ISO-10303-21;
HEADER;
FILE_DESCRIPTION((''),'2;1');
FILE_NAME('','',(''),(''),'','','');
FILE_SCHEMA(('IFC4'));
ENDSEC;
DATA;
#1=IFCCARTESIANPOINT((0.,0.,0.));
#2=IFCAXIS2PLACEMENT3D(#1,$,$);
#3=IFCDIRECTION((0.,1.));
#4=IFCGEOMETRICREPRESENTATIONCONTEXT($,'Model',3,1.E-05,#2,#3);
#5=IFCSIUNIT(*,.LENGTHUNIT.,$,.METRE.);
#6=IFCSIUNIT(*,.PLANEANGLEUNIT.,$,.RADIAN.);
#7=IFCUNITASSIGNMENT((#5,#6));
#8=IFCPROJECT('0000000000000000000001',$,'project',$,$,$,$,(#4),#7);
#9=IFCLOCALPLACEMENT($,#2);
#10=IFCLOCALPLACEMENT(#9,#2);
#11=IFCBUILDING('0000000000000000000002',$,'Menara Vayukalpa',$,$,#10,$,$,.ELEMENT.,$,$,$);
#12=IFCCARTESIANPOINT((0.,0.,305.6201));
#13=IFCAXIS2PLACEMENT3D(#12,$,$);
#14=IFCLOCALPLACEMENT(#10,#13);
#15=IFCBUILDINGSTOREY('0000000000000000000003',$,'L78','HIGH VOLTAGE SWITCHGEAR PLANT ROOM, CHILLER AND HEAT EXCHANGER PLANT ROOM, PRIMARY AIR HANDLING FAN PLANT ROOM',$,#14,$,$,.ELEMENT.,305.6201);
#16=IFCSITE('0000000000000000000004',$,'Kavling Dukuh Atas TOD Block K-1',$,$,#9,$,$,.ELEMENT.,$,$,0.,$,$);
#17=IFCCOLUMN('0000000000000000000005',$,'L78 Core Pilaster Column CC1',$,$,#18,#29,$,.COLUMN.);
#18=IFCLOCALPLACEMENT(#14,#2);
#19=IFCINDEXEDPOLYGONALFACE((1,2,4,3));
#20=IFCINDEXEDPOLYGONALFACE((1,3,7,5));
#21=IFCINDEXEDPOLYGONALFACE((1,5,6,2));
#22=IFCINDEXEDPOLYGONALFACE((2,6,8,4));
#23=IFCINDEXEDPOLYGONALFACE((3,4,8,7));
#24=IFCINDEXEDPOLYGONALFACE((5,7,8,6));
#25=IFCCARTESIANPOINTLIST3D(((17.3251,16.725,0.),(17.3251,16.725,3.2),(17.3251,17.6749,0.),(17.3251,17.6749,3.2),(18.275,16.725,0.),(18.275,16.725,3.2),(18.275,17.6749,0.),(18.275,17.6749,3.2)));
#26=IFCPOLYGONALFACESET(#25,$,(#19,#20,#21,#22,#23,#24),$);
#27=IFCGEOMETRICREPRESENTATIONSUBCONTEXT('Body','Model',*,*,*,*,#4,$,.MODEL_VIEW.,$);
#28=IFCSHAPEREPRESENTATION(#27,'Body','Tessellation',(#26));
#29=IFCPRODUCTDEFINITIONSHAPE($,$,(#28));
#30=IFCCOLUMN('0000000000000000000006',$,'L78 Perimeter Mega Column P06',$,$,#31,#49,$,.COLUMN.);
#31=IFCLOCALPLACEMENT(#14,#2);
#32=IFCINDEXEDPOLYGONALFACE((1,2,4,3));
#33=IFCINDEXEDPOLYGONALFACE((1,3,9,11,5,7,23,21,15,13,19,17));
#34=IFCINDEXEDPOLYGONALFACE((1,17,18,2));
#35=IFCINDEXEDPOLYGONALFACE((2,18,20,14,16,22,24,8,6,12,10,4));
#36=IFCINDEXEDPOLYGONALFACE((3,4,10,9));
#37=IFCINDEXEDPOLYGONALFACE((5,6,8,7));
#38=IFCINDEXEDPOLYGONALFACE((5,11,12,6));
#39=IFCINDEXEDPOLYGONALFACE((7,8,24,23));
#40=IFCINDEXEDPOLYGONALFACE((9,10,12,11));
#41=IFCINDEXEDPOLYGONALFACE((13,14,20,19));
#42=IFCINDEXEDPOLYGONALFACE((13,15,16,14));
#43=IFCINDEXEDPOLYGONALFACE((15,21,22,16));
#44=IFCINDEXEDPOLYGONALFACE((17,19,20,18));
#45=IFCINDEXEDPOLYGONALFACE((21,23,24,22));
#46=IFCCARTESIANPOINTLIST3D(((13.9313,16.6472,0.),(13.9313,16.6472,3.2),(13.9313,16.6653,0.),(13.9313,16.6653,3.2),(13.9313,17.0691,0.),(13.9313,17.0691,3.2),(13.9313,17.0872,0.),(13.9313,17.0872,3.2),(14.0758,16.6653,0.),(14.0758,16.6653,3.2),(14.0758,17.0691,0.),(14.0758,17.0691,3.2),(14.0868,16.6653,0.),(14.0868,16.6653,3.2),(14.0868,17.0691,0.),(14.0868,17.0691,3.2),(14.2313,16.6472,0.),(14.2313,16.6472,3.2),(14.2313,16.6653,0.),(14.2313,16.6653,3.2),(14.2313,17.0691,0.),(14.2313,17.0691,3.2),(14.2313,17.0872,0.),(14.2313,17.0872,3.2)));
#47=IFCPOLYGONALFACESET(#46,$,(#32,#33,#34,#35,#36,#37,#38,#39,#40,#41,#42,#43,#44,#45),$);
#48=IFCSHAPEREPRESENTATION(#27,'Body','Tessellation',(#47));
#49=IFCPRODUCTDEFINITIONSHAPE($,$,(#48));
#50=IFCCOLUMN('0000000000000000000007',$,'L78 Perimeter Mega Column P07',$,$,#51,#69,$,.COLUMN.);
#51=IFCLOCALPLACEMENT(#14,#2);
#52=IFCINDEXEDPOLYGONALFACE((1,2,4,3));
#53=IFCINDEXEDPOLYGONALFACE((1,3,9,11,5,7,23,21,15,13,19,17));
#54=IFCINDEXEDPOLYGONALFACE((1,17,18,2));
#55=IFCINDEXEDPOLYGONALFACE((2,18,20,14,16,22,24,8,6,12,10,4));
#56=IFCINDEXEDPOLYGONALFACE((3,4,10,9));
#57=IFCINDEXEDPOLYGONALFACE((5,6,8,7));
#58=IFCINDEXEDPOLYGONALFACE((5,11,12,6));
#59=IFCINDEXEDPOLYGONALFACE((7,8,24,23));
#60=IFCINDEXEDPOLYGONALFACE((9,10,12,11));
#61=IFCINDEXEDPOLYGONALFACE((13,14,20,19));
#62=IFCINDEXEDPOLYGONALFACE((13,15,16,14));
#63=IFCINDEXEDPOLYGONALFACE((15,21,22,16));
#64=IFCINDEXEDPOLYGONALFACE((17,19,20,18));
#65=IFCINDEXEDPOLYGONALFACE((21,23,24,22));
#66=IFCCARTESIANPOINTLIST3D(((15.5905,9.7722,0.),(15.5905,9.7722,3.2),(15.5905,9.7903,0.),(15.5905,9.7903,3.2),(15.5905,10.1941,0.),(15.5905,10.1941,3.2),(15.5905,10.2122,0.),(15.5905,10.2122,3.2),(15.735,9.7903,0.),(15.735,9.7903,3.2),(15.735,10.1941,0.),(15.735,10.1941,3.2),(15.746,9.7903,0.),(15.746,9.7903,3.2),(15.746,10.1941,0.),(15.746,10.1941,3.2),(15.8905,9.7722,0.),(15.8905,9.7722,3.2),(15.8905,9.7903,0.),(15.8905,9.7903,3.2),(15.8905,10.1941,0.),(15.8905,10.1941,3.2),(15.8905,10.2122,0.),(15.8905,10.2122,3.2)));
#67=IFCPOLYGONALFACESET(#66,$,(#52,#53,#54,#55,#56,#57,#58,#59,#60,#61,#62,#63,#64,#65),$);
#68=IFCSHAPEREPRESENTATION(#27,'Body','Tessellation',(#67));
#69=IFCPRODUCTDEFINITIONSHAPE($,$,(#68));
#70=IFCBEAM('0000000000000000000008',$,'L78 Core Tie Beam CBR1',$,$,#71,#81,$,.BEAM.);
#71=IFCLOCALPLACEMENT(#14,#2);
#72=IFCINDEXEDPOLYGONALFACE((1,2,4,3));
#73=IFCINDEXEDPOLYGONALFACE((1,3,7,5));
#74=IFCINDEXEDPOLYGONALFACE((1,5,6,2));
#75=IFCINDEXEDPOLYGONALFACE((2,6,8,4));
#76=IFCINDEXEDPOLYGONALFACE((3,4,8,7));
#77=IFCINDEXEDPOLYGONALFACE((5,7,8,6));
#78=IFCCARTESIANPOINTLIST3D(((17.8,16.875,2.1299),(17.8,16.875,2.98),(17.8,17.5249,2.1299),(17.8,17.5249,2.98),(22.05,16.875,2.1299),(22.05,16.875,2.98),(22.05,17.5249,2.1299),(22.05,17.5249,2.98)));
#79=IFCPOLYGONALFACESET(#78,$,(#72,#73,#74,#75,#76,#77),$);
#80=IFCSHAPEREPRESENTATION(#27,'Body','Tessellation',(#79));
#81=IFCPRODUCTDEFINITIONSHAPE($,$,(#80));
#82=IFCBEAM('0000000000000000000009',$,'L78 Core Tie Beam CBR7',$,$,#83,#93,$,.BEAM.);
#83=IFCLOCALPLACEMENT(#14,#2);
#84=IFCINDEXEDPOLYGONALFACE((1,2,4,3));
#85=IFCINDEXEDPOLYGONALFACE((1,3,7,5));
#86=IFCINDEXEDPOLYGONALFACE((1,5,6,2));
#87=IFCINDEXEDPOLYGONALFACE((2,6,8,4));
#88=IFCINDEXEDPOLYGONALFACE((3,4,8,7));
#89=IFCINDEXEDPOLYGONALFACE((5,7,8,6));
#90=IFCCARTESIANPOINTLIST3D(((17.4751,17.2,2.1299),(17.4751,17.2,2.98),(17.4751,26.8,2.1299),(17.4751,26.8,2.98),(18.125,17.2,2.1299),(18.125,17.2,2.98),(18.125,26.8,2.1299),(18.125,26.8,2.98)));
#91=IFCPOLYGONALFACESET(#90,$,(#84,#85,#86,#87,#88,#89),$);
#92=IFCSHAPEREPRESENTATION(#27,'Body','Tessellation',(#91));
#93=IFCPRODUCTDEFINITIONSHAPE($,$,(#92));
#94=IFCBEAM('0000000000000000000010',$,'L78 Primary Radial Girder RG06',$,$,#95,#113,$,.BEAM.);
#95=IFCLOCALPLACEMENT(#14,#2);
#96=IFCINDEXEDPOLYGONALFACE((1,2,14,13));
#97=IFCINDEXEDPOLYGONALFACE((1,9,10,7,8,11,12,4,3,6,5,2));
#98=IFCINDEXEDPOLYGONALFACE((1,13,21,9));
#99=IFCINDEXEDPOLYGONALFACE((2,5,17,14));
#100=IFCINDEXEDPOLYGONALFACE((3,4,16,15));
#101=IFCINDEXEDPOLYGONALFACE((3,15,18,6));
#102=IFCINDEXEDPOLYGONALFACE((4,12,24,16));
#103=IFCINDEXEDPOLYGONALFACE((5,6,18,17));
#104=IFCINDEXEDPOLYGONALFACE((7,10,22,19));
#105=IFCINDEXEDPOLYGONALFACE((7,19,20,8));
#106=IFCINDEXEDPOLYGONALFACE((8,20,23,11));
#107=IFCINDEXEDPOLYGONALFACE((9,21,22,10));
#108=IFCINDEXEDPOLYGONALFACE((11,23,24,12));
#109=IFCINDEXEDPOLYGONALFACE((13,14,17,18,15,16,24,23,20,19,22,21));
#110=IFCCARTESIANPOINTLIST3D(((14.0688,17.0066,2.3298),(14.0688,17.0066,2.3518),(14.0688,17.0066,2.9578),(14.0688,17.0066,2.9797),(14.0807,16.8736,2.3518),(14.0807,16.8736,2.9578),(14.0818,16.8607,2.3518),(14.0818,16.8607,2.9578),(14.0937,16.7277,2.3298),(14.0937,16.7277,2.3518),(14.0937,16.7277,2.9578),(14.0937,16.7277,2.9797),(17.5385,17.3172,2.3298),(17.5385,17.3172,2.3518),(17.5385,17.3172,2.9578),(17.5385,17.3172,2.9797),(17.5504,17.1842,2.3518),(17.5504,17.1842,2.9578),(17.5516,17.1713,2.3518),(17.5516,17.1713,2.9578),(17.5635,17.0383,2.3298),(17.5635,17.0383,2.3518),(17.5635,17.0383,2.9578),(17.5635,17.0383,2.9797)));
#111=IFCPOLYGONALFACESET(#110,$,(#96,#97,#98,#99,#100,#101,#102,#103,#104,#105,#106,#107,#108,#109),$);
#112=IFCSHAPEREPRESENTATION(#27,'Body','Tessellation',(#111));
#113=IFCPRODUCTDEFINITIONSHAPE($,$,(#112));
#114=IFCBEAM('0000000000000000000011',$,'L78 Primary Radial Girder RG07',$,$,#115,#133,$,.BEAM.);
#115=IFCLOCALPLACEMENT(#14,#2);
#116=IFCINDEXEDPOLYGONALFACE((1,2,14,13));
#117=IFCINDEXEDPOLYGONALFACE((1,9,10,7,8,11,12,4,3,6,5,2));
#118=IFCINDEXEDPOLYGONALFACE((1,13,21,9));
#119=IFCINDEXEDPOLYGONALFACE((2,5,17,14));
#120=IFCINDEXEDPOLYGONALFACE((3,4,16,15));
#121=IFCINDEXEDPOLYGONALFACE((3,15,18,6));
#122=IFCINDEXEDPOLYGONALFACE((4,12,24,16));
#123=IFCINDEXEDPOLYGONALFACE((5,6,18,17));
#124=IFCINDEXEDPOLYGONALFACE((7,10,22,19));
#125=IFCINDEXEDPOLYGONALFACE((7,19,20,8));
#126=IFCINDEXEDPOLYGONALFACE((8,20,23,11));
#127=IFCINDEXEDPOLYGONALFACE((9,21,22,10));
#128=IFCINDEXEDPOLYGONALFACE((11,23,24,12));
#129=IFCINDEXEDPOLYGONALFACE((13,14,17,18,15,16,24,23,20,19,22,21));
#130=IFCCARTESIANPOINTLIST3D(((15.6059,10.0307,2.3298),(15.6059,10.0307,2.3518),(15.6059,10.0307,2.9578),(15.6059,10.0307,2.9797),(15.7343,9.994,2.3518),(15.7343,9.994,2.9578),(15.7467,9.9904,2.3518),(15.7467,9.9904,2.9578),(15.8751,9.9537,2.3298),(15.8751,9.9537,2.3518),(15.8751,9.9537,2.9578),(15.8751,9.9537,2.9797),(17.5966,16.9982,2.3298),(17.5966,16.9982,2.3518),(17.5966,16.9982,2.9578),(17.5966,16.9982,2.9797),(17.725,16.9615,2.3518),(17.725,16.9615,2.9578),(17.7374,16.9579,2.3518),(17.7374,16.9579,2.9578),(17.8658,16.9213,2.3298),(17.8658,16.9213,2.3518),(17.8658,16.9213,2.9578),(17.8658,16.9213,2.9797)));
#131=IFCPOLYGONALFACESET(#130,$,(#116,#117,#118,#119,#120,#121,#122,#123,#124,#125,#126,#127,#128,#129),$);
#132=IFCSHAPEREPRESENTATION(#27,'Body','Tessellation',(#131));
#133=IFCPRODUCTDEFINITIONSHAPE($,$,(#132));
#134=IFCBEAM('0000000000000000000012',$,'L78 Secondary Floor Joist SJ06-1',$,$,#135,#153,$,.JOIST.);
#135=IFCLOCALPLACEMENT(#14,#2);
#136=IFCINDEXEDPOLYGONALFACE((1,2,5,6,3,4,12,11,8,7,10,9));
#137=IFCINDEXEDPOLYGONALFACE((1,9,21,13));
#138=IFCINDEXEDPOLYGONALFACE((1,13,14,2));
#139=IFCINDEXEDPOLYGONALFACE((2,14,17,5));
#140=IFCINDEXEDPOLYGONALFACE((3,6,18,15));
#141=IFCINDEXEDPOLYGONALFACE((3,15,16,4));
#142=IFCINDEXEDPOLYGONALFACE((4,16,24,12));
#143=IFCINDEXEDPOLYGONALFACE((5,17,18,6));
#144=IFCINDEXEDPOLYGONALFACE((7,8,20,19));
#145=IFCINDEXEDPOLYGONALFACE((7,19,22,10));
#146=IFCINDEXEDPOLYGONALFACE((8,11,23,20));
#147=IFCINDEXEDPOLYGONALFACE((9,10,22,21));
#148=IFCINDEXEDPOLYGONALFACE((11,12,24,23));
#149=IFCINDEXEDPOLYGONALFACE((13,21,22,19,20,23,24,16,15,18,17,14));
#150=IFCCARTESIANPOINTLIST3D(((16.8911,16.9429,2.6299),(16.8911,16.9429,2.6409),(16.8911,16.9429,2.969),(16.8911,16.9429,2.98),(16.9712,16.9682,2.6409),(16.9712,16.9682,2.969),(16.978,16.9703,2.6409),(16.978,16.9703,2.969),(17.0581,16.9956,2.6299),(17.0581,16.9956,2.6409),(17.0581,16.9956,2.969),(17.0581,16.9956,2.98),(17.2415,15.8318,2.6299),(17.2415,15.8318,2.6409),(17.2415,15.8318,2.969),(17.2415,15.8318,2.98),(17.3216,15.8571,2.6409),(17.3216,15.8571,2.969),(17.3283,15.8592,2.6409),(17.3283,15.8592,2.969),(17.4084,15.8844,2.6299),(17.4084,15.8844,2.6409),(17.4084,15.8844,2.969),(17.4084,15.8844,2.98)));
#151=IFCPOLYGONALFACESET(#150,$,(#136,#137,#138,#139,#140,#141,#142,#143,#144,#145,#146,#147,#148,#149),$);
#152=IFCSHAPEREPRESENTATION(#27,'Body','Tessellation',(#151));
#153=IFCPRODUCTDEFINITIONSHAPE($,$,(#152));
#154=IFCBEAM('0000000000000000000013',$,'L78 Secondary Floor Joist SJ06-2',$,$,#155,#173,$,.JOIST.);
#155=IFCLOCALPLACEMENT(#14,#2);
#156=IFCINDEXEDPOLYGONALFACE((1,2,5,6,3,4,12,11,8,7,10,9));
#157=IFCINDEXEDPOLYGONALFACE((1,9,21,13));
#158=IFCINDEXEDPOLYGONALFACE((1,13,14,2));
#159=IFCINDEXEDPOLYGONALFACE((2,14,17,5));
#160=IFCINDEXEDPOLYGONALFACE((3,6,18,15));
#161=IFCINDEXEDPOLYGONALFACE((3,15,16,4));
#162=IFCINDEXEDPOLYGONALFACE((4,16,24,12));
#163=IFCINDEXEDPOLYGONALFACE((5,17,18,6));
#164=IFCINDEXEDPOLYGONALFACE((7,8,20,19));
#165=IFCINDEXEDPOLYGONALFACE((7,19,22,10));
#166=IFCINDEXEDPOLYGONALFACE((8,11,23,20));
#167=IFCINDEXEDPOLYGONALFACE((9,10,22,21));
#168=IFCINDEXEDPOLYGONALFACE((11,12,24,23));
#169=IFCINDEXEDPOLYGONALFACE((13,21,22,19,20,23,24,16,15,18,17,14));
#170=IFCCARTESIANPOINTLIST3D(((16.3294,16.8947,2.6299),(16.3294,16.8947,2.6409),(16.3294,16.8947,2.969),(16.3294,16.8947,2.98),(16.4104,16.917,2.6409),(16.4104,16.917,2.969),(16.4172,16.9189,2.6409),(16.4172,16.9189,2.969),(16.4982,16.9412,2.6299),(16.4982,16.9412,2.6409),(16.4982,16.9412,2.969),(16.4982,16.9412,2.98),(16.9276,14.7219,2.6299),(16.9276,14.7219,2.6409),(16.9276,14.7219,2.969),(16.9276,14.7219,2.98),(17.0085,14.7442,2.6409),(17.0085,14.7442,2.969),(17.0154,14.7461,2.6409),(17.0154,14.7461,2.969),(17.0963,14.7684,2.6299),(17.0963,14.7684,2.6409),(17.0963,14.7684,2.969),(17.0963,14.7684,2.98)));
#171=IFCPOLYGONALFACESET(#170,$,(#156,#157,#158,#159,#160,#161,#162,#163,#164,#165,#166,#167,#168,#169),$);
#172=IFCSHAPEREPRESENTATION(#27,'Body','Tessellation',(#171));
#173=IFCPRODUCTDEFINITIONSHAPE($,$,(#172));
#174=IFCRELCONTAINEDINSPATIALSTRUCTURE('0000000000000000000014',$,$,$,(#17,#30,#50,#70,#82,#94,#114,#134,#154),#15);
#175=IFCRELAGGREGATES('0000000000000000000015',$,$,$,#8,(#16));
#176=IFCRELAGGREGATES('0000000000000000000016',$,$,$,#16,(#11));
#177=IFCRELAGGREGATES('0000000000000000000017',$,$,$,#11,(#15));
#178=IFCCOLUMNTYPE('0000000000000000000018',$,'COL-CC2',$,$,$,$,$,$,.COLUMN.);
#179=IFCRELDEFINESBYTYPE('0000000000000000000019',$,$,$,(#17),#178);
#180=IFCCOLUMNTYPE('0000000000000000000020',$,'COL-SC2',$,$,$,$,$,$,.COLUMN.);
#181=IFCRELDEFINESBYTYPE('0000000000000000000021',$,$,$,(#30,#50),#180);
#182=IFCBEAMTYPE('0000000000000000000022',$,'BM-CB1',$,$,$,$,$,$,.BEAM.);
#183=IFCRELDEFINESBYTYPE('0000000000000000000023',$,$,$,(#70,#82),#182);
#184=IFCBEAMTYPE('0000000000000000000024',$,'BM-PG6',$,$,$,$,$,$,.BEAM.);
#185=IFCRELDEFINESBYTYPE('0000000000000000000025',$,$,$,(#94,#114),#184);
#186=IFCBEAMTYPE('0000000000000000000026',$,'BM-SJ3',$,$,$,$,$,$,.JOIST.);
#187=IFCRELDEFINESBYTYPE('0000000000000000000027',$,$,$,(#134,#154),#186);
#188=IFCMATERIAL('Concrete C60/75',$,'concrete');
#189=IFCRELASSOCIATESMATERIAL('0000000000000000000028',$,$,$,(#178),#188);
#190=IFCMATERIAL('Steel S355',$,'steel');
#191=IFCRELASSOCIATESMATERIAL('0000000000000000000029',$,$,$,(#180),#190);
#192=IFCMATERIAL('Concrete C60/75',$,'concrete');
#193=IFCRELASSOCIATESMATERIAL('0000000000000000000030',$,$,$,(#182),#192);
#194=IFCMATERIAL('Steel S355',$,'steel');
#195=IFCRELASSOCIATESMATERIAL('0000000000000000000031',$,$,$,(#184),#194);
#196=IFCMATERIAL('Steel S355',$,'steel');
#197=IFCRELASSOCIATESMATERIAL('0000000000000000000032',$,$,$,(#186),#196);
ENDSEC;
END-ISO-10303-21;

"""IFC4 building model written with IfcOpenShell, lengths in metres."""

from ifc_helpers import new_model, si_unit, direction, frame, origin, origin_2d, place, context, subcontext, project, spatial, rectangle, i_section, extrude, material, material_profile, profile_set, type_object, element, save


model = new_model("IFC4")

# Units and contexts
model_context = context("Model", 3, precision=1e-05, world=origin(), true_north=direction((0.0, 1.0)))
body_context = subcontext(model_context, "Body", "Model", "MODEL_VIEW")
ifc_project = project(units=[si_unit("LENGTHUNIT", "METRE"), si_unit("PLANEANGLEUNIT", "RADIAN")], contexts=[model_context])

# Site, building, storey
site_placement = place(None, origin())
site = spatial("IfcSite", under=ifc_project, at=site_placement, Name="Kavling Dukuh Atas TOD Block K-1", CompositionType="ELEMENT", RefElevation=0.0)
building_placement = place(site_placement, origin())
building = spatial("IfcBuilding", under=site, at=building_placement, Name="Menara Vayukalpa", CompositionType="ELEMENT")
storey_placement = place(building_placement, frame((0.0, 0.0, 305.6201)))
storey = spatial("IfcBuildingStorey", under=building, at=storey_placement, Name="L78", Description="HIGH VOLTAGE SWITCHGEAR PLANT ROOM, CHILLER AND HEAT EXCHANGER PLANT ROOM, PRIMARY AIR HANDLING FAN PLANT ROOM", CompositionType="ELEMENT", Elevation=305.6201)

# Columns
ifc_material_1 = material(Name="Concrete C60/75", Category="concrete")
ifc_material_profile_1 = material_profile(ifc_material_1, rectangle(XDim=0.95, YDim=0.95, at=origin_2d()), Name="RC 950x950")
ifc_profile_set_1 = profile_set([ifc_material_profile_1], Name="Concrete C60/75")
column_type_1 = type_object("IfcColumnType", Name="COL-CC2", PredefinedType="COLUMN", material=ifc_profile_set_1)
column_placement = place(storey_placement, frame((17.8, 17.2, 0.0), z_axis=(0.0, 0.0, 1.0), x_axis=(1.0, 0.0, 0.0)))
element("IfcColumn", 1, at=column_placement, inside=storey, type_object=column_type_1, Name="L78 Core Pilaster Column CC1", PredefinedType="COLUMN", context=body_context, shape_type="SweptSolid", body=[
    extrude(rectangle(XDim=0.95, YDim=0.95, at=origin_2d()), origin(), (0.0, 0.0, 1.0), 3.2),
])
ifc_material_2 = material(Name="Steel S355", Category="steel")
ifc_material_profile_2 = material_profile(ifc_material_2, i_section(OverallWidth=0.3, OverallDepth=0.4399, WebThickness=0.011, FlangeThickness=0.0181, at=origin_2d()), Name="H 440x300x11x18")
ifc_profile_set_2 = profile_set([ifc_material_profile_2], Name="Steel S355")
column_type_2 = type_object("IfcColumnType", Name="COL-SC2", PredefinedType="COLUMN", material=ifc_profile_set_2)
for number, where, z_axis, x_axis, name in (
    (2, (14.0813, 16.8672, 0.0), (0.0, 0.0, 1.0), (1.0, 0.0, 0.0), "L78 Perimeter Mega Column P06"),
    (3, (15.7405, 9.9922, 0.0), (0.0, 0.0, 1.0), (1.0, 0.0, 0.0), "L78 Perimeter Mega Column P07"),
):
    element("IfcColumn", number, at=place(storey_placement, frame(where, z_axis=z_axis, x_axis=x_axis)), inside=storey, type_object=column_type_2, Name=name, PredefinedType="COLUMN", context=body_context, shape_type="SweptSolid", body=[
        extrude(i_section(OverallWidth=0.3, OverallDepth=0.4399, WebThickness=0.011, FlangeThickness=0.0181, at=origin_2d()), origin(), (0.0, 0.0, 1.0), 3.2),
    ])

# Beams
ifc_material_3 = material(Name="Concrete C60/75", Category="concrete")
ifc_material_profile_3 = material_profile(ifc_material_3, rectangle(XDim=0.6499, YDim=0.8501, at=origin_2d()), Name="RC 650x850")
ifc_profile_set_3 = profile_set([ifc_material_profile_3], Name="Concrete C60/75")
beam_type_1 = type_object("IfcBeamType", Name="BM-CB1", PredefinedType="BEAM", material=ifc_profile_set_3)
beam_1_placement = place(storey_placement, frame((17.8, 17.2, 2.5549), z_axis=(1.0, 0.0, 0.0), x_axis=(0.0, 1.0, 0.0)))
element("IfcBeam", 4, at=beam_1_placement, inside=storey, type_object=beam_type_1, Name="L78 Core Tie Beam CBR1", PredefinedType="BEAM", context=body_context, shape_type="SweptSolid", body=[
    extrude(rectangle(XDim=0.6499, YDim=0.8501, at=origin_2d()), origin(), (0.0, 0.0, 1.0), 4.25),
])
beam_2_placement = place(storey_placement, frame((17.8, 17.2, 2.5549), z_axis=(0.0, 1.0, 0.0), x_axis=(-1.0, 0.0, 0.0)))
element("IfcBeam", 5, at=beam_2_placement, inside=storey, type_object=beam_type_1, Name="L78 Core Tie Beam CBR7", PredefinedType="BEAM", context=body_context, shape_type="SweptSolid", body=[
    extrude(rectangle(XDim=0.6499, YDim=0.8501, at=origin_2d()), origin(), (0.0, 0.0, 1.0), 9.6001),
])
ifc_material_4 = material(Name="Steel S355", Category="steel")
ifc_material_profile_4 = material_profile(ifc_material_4, i_section(OverallWidth=0.28, OverallDepth=0.6499, WebThickness=0.0129, FlangeThickness=0.022, at=origin_2d()), Name="WF 650x280x13x22")
ifc_profile_set_4 = profile_set([ifc_material_profile_4], Name="Steel S355")
beam_type_2 = type_object("IfcBeamType", Name="BM-PG6", PredefinedType="BEAM", material=ifc_profile_set_4)
beam_3_placement = place(storey_placement, frame((17.551, 17.1777, 2.6548), z_axis=(-0.996019, -0.089145, 0.0), x_axis=(0.089145, -0.996019, 0.0)))
element("IfcBeam", 6, at=beam_3_placement, inside=storey, type_object=beam_type_2, Name="L78 Primary Radial Girder RG06", PredefinedType="BEAM", context=body_context, shape_type="SweptSolid", body=[
    extrude(i_section(OverallWidth=0.28, OverallDepth=0.6499, WebThickness=0.0129, FlangeThickness=0.022, at=origin_2d()), origin(), (0.0, 0.0, 1.0), 3.4836),
])
beam_4_placement = place(storey_placement, frame((17.7312, 16.9597, 2.6548), z_axis=(-0.274721, -0.961524, 0.0), x_axis=(0.961524, -0.274721, 0.0)))
element("IfcBeam", 7, at=beam_4_placement, inside=storey, type_object=beam_type_2, Name="L78 Primary Radial Girder RG07", PredefinedType="BEAM", context=body_context, shape_type="SweptSolid", body=[
    extrude(i_section(OverallWidth=0.28, OverallDepth=0.6499, WebThickness=0.0129, FlangeThickness=0.022, at=origin_2d()), origin(), (0.0, 0.0, 1.0), 7.2463),
])
ifc_material_5 = material(Name="Steel S355", Category="steel")
ifc_material_profile_5 = material_profile(ifc_material_5, i_section(OverallWidth=0.175, OverallDepth=0.3501, WebThickness=0.0071, FlangeThickness=0.011, at=origin_2d()), Name="WF 350x175x7x11")
ifc_profile_set_5 = profile_set([ifc_material_profile_5], Name="Steel S355")
beam_type_3 = type_object("IfcBeamType", Name="BM-SJ3", PredefinedType="JOIST", material=ifc_profile_set_5)
beam_5_placement = place(storey_placement, frame((16.9746, 16.9692, 2.8049), z_axis=(0.30072, -0.953712, 0.0), x_axis=(0.953712, 0.30072, 0.0)))
element("IfcBeam", 8, at=beam_5_placement, inside=storey, type_object=beam_type_3, Name="L78 Secondary Floor Joist SJ06-1", PredefinedType="JOIST", context=body_context, shape_type="SweptSolid", body=[
    extrude(i_section(OverallWidth=0.175, OverallDepth=0.3501, WebThickness=0.0071, FlangeThickness=0.011, at=origin_2d()), origin(), (0.0, 0.0, 1.0), 1.165),
])
beam_6_placement = place(storey_placement, frame((16.4138, 16.918, 2.8049), z_axis=(0.265408, -0.964136, 0.0), x_axis=(0.964136, 0.265408, 0.0)))
element("IfcBeam", 9, at=beam_6_placement, inside=storey, type_object=beam_type_3, Name="L78 Secondary Floor Joist SJ06-2", PredefinedType="JOIST", context=body_context, shape_type="SweptSolid", body=[
    extrude(i_section(OverallWidth=0.175, OverallDepth=0.3501, WebThickness=0.0071, FlangeThickness=0.011, at=origin_2d()), origin(), (0.0, 0.0, 1.0), 2.2537),
])

save(model, "model.ifc")
